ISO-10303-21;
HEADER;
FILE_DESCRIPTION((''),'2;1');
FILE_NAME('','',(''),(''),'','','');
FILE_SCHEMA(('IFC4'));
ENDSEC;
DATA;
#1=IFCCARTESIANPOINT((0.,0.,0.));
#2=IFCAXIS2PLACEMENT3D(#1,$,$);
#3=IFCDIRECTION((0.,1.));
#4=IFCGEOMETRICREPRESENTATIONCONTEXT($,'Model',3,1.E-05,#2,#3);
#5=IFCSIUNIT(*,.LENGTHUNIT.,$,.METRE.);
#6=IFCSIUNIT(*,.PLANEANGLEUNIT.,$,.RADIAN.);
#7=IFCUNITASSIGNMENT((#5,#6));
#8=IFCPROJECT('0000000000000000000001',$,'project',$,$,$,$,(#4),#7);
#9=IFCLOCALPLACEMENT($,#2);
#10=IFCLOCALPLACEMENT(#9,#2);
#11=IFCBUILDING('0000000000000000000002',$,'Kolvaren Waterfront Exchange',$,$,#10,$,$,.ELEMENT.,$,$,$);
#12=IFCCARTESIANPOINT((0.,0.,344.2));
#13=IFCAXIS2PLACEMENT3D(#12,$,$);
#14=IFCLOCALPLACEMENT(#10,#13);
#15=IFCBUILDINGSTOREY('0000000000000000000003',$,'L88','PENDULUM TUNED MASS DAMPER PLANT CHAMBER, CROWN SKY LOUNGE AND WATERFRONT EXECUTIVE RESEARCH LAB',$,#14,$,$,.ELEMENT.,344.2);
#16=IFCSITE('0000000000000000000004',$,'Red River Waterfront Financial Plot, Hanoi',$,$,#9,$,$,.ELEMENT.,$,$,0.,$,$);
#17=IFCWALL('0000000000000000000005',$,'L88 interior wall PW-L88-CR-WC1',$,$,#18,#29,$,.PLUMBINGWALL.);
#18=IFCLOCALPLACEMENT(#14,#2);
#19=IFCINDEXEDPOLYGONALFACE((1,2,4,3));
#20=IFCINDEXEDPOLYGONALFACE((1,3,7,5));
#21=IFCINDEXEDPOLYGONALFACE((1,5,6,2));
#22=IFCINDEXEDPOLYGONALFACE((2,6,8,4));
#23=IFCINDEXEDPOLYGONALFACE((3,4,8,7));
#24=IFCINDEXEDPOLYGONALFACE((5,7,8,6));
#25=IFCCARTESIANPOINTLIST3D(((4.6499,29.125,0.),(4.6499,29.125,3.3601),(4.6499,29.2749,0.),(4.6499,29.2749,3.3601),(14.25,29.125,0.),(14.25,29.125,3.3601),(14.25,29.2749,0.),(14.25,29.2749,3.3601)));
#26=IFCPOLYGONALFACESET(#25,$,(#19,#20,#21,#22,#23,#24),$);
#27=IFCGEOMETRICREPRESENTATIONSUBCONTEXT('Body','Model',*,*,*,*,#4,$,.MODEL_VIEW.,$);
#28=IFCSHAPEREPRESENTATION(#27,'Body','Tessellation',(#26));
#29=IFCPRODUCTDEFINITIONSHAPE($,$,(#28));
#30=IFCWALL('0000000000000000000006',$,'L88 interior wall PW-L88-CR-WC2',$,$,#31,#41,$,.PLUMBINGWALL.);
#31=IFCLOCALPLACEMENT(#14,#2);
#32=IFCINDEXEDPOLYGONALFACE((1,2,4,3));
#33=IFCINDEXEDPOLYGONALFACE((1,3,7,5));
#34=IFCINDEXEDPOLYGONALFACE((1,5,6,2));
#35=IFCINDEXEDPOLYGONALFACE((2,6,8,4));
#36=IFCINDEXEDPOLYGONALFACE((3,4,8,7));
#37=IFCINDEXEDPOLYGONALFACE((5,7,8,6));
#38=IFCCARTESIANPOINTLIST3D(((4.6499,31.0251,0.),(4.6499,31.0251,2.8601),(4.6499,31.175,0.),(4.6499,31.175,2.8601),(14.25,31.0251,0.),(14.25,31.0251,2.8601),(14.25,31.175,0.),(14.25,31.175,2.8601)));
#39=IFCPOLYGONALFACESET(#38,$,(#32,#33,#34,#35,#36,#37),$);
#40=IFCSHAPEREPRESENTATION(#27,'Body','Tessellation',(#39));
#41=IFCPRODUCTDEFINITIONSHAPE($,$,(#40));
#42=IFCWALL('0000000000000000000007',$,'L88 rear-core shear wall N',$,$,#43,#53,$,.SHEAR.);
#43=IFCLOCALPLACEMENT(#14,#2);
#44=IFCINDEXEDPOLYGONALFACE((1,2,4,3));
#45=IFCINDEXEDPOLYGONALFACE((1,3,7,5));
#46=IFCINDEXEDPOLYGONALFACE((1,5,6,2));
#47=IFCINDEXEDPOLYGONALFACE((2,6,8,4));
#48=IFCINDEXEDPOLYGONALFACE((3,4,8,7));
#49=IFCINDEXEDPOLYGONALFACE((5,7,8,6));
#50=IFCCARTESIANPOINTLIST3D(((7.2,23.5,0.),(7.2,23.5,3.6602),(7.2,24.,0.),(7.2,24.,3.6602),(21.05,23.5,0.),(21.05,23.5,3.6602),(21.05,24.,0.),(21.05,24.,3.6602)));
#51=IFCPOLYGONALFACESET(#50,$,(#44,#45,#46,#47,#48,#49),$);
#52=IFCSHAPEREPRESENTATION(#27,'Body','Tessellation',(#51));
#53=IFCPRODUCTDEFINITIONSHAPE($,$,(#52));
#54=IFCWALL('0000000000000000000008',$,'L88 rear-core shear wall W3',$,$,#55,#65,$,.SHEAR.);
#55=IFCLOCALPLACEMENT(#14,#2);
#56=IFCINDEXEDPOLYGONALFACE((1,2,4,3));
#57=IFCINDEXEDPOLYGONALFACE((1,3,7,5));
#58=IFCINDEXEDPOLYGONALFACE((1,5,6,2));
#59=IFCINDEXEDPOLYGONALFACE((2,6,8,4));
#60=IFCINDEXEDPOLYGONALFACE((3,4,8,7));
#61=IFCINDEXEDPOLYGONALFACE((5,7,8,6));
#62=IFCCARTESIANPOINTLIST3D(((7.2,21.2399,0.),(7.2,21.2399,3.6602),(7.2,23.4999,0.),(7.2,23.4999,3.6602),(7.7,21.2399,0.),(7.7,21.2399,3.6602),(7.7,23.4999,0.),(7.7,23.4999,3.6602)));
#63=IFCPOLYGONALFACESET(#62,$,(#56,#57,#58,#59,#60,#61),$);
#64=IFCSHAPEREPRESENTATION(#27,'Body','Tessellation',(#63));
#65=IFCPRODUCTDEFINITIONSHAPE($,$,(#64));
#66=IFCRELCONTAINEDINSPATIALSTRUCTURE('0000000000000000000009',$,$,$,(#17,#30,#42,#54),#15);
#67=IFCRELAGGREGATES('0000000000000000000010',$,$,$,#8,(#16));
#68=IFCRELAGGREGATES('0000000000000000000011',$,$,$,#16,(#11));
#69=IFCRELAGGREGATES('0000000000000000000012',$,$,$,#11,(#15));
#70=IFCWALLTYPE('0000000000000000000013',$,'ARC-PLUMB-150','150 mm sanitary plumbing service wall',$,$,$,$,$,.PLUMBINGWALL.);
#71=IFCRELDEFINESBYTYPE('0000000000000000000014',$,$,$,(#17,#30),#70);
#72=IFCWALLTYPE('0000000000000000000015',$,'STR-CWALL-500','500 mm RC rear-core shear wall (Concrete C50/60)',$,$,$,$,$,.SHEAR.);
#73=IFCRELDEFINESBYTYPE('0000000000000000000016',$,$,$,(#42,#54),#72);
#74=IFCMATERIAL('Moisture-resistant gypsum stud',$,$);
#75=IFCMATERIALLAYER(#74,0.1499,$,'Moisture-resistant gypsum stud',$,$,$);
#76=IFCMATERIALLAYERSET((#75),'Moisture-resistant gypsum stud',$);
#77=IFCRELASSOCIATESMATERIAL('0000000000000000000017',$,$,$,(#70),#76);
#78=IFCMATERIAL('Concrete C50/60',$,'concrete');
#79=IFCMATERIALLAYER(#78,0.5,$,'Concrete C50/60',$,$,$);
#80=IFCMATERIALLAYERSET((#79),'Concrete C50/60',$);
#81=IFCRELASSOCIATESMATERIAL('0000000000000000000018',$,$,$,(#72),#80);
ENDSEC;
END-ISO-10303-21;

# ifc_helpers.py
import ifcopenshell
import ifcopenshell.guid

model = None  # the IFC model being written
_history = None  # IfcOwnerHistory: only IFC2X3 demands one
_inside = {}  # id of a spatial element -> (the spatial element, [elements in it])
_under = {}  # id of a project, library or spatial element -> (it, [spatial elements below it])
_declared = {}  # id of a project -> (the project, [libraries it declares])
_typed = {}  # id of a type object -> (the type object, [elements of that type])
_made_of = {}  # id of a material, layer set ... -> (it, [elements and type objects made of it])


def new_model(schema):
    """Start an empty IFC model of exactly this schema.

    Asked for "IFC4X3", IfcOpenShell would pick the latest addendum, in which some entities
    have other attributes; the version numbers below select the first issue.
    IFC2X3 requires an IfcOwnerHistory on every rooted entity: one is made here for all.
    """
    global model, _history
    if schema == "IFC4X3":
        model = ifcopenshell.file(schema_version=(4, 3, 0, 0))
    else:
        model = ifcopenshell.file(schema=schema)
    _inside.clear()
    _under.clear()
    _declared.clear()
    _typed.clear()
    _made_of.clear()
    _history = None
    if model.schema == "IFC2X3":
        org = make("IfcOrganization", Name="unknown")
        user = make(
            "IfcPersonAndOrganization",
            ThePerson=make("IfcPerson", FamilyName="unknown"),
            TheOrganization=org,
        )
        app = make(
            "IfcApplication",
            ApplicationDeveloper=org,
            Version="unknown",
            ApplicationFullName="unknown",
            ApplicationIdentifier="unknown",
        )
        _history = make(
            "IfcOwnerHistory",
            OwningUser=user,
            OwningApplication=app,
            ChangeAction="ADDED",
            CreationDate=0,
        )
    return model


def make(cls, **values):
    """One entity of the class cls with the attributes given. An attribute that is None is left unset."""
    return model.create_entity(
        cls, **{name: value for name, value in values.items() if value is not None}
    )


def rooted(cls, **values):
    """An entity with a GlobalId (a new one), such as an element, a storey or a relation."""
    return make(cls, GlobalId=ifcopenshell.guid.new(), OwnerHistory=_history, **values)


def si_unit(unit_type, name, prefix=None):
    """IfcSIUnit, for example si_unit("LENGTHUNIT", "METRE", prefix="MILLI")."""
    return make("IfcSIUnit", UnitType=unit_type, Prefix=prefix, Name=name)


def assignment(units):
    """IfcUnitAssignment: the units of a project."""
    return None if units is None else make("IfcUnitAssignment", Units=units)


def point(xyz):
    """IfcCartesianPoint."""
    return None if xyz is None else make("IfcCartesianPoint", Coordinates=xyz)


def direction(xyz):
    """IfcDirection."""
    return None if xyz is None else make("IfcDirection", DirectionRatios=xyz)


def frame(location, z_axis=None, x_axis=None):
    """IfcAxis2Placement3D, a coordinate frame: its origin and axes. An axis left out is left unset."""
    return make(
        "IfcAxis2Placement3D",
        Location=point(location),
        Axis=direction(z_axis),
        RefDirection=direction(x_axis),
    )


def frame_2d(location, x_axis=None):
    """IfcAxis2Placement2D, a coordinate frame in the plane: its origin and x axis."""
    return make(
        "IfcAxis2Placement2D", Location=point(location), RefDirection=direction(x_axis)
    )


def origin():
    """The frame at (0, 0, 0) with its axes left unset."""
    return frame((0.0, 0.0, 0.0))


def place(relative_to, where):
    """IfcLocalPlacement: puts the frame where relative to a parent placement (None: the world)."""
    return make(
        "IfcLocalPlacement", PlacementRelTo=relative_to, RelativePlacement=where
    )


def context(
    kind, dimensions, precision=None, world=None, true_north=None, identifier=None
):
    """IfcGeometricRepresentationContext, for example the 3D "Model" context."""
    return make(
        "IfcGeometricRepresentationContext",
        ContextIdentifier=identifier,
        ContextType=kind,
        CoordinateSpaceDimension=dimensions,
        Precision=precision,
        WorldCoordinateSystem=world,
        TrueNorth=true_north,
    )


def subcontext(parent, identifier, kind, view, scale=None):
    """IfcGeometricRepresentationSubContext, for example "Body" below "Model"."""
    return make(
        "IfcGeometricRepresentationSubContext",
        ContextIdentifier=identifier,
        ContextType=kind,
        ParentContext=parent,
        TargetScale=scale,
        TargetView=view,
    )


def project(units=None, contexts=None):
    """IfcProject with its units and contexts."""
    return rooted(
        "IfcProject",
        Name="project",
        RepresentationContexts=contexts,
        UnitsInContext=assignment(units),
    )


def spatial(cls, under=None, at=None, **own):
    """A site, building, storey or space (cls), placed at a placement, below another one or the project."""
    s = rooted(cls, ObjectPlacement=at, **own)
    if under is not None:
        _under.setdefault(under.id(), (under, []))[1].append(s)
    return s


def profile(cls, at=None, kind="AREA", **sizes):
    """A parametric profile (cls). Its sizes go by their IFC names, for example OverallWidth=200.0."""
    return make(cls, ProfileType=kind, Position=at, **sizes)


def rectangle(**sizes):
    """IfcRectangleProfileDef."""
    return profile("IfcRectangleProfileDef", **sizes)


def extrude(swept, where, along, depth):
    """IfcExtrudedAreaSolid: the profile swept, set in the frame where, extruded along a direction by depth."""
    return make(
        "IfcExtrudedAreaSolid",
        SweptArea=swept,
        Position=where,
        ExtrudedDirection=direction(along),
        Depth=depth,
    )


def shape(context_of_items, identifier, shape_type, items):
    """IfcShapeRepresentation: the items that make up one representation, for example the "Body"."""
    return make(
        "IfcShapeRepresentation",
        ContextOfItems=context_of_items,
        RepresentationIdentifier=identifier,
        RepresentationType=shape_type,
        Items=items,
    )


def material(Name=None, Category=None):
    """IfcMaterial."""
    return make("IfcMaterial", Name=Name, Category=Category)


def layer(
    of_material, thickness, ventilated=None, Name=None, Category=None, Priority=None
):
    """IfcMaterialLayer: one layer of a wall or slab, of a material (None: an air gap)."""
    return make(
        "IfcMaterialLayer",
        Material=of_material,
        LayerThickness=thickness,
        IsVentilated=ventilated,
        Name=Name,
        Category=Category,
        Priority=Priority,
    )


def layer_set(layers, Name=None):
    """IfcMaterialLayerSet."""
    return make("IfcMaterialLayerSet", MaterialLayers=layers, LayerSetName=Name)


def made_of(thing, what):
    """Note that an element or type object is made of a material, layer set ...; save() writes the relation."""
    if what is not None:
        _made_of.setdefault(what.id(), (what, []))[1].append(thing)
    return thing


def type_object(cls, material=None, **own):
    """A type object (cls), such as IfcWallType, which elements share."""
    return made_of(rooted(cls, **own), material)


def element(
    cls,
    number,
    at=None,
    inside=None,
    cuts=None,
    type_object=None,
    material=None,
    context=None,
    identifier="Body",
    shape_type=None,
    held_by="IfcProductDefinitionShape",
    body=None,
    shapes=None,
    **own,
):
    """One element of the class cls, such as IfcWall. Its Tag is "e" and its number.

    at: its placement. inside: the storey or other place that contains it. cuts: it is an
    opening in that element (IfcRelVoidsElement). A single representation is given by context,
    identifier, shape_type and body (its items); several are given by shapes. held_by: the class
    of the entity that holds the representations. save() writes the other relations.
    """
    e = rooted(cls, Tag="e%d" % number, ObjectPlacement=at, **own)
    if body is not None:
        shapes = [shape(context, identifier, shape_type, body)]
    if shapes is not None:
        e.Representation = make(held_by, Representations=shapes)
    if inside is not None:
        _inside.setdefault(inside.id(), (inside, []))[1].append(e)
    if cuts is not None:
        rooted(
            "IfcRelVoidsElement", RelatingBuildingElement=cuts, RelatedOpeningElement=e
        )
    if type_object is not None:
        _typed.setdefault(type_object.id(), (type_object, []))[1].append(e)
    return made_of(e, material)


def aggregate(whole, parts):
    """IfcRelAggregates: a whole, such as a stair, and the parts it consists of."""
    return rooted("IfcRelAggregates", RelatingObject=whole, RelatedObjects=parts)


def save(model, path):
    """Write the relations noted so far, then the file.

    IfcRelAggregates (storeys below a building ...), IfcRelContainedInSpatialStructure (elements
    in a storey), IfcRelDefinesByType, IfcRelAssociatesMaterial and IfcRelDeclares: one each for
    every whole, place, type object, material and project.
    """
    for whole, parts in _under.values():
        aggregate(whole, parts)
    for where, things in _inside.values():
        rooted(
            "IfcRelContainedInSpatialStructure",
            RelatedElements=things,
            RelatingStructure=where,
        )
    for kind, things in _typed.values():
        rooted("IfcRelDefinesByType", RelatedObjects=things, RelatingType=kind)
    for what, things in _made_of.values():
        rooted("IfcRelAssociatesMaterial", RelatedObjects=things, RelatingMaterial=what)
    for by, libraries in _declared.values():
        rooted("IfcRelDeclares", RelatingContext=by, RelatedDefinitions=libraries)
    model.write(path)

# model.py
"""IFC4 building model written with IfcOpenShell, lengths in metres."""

from ifc_helpers import new_model, si_unit, direction, frame, frame_2d, origin, place, context, subcontext, project, spatial, rectangle, extrude, material, layer, layer_set, type_object, element, save


model = new_model("IFC4")

# Units and contexts
model_context = context("Model", 3, precision=1e-05, world=origin(), true_north=direction((0.0, 1.0)))
body_context = subcontext(model_context, "Body", "Model", "MODEL_VIEW")
ifc_project = project(units=[si_unit("LENGTHUNIT", "METRE"), si_unit("PLANEANGLEUNIT", "RADIAN")], contexts=[model_context])

# Site, building, storey
site_placement = place(None, origin())
site = spatial("IfcSite", under=ifc_project, at=site_placement, Name="Red River Waterfront Financial Plot, Hanoi", CompositionType="ELEMENT", RefElevation=0.0)
building_placement = place(site_placement, origin())
building = spatial("IfcBuilding", under=site, at=building_placement, Name="Kolvaren Waterfront Exchange", CompositionType="ELEMENT")
storey_placement = place(building_placement, frame((0.0, 0.0, 344.2)))
storey = spatial("IfcBuildingStorey", under=building, at=storey_placement, Name="L88", Description="PENDULUM TUNED MASS DAMPER PLANT CHAMBER, CROWN SKY LOUNGE AND WATERFRONT EXECUTIVE RESEARCH LAB", CompositionType="ELEMENT", Elevation=344.2)

# Shared definitions
ifc_material_1 = material(Name="Concrete C50/60", Category="concrete")

# Walls
ifc_material_2 = material(Name="Moisture-resistant gypsum stud")
ifc_layer_1 = layer(ifc_material_2, 0.1499, Name="Moisture-resistant gypsum stud")
ifc_layer_set_1 = layer_set([ifc_layer_1], Name="Moisture-resistant gypsum stud")
wall_type_1 = type_object("IfcWallType", Name="ARC-PLUMB-150", Description="150 mm sanitary plumbing service wall", PredefinedType="PLUMBINGWALL", material=ifc_layer_set_1)
wall_1_placement = place(storey_placement, frame((4.6499, 29.2, 0.0), z_axis=(0.0, 0.0, 1.0), x_axis=(1.0, 0.0, 0.0)))
element("IfcWall", 1, at=wall_1_placement, inside=storey, type_object=wall_type_1, Name="L88 interior wall PW-L88-CR-WC1", PredefinedType="PLUMBINGWALL", context=body_context, shape_type="SweptSolid", body=[
    extrude(rectangle(XDim=9.6001, YDim=0.1499, at=frame_2d((4.8, 0.0))), origin(), (0.0, 0.0, 1.0), 3.3601),
])
wall_2_placement = place(storey_placement, frame((4.6499, 31.1001, 0.0), z_axis=(0.0, 0.0, 1.0), x_axis=(1.0, 0.0, 0.0)))
element("IfcWall", 2, at=wall_2_placement, inside=storey, type_object=wall_type_1, Name="L88 interior wall PW-L88-CR-WC2", PredefinedType="PLUMBINGWALL", context=body_context, shape_type="SweptSolid", body=[
    extrude(rectangle(XDim=9.6001, YDim=0.1499, at=frame_2d((4.8, 0.0))), origin(), (0.0, 0.0, 1.0), 2.8601),
])
ifc_layer_2 = layer(ifc_material_1, 0.5, Name="Concrete C50/60")
ifc_layer_set_2 = layer_set([ifc_layer_2], Name="Concrete C50/60")
wall_type_2 = type_object("IfcWallType", Name="STR-CWALL-500", Description="500 mm RC rear-core shear wall (Concrete C50/60)", PredefinedType="SHEAR", material=ifc_layer_set_2)
wall_3_placement = place(storey_placement, frame((7.2, 23.75, 0.0), z_axis=(0.0, 0.0, 1.0), x_axis=(1.0, 0.0, 0.0)))
element("IfcWall", 3, at=wall_3_placement, inside=storey, type_object=wall_type_2, Name="L88 rear-core shear wall N", PredefinedType="SHEAR", context=body_context, shape_type="SweptSolid", body=[
    extrude(rectangle(XDim=13.8501, YDim=0.5, at=frame_2d((6.925, 0.0))), origin(), (0.0, 0.0, 1.0), 3.6602),
])
wall_4_placement = place(storey_placement, frame((7.45, 21.24, 0.0), z_axis=(0.0, 0.0, 1.0), x_axis=(0.0, 1.0, 0.0)))
element("IfcWall", 4, at=wall_4_placement, inside=storey, type_object=wall_type_2, Name="L88 rear-core shear wall W3", PredefinedType="SHEAR", context=body_context, shape_type="SweptSolid", body=[
    extrude(rectangle(XDim=2.26, YDim=0.5, at=frame_2d((1.1299, 0.0))), origin(), (0.0, 0.0, 1.0), 3.6602),
])

save(model, "model.ifc")
